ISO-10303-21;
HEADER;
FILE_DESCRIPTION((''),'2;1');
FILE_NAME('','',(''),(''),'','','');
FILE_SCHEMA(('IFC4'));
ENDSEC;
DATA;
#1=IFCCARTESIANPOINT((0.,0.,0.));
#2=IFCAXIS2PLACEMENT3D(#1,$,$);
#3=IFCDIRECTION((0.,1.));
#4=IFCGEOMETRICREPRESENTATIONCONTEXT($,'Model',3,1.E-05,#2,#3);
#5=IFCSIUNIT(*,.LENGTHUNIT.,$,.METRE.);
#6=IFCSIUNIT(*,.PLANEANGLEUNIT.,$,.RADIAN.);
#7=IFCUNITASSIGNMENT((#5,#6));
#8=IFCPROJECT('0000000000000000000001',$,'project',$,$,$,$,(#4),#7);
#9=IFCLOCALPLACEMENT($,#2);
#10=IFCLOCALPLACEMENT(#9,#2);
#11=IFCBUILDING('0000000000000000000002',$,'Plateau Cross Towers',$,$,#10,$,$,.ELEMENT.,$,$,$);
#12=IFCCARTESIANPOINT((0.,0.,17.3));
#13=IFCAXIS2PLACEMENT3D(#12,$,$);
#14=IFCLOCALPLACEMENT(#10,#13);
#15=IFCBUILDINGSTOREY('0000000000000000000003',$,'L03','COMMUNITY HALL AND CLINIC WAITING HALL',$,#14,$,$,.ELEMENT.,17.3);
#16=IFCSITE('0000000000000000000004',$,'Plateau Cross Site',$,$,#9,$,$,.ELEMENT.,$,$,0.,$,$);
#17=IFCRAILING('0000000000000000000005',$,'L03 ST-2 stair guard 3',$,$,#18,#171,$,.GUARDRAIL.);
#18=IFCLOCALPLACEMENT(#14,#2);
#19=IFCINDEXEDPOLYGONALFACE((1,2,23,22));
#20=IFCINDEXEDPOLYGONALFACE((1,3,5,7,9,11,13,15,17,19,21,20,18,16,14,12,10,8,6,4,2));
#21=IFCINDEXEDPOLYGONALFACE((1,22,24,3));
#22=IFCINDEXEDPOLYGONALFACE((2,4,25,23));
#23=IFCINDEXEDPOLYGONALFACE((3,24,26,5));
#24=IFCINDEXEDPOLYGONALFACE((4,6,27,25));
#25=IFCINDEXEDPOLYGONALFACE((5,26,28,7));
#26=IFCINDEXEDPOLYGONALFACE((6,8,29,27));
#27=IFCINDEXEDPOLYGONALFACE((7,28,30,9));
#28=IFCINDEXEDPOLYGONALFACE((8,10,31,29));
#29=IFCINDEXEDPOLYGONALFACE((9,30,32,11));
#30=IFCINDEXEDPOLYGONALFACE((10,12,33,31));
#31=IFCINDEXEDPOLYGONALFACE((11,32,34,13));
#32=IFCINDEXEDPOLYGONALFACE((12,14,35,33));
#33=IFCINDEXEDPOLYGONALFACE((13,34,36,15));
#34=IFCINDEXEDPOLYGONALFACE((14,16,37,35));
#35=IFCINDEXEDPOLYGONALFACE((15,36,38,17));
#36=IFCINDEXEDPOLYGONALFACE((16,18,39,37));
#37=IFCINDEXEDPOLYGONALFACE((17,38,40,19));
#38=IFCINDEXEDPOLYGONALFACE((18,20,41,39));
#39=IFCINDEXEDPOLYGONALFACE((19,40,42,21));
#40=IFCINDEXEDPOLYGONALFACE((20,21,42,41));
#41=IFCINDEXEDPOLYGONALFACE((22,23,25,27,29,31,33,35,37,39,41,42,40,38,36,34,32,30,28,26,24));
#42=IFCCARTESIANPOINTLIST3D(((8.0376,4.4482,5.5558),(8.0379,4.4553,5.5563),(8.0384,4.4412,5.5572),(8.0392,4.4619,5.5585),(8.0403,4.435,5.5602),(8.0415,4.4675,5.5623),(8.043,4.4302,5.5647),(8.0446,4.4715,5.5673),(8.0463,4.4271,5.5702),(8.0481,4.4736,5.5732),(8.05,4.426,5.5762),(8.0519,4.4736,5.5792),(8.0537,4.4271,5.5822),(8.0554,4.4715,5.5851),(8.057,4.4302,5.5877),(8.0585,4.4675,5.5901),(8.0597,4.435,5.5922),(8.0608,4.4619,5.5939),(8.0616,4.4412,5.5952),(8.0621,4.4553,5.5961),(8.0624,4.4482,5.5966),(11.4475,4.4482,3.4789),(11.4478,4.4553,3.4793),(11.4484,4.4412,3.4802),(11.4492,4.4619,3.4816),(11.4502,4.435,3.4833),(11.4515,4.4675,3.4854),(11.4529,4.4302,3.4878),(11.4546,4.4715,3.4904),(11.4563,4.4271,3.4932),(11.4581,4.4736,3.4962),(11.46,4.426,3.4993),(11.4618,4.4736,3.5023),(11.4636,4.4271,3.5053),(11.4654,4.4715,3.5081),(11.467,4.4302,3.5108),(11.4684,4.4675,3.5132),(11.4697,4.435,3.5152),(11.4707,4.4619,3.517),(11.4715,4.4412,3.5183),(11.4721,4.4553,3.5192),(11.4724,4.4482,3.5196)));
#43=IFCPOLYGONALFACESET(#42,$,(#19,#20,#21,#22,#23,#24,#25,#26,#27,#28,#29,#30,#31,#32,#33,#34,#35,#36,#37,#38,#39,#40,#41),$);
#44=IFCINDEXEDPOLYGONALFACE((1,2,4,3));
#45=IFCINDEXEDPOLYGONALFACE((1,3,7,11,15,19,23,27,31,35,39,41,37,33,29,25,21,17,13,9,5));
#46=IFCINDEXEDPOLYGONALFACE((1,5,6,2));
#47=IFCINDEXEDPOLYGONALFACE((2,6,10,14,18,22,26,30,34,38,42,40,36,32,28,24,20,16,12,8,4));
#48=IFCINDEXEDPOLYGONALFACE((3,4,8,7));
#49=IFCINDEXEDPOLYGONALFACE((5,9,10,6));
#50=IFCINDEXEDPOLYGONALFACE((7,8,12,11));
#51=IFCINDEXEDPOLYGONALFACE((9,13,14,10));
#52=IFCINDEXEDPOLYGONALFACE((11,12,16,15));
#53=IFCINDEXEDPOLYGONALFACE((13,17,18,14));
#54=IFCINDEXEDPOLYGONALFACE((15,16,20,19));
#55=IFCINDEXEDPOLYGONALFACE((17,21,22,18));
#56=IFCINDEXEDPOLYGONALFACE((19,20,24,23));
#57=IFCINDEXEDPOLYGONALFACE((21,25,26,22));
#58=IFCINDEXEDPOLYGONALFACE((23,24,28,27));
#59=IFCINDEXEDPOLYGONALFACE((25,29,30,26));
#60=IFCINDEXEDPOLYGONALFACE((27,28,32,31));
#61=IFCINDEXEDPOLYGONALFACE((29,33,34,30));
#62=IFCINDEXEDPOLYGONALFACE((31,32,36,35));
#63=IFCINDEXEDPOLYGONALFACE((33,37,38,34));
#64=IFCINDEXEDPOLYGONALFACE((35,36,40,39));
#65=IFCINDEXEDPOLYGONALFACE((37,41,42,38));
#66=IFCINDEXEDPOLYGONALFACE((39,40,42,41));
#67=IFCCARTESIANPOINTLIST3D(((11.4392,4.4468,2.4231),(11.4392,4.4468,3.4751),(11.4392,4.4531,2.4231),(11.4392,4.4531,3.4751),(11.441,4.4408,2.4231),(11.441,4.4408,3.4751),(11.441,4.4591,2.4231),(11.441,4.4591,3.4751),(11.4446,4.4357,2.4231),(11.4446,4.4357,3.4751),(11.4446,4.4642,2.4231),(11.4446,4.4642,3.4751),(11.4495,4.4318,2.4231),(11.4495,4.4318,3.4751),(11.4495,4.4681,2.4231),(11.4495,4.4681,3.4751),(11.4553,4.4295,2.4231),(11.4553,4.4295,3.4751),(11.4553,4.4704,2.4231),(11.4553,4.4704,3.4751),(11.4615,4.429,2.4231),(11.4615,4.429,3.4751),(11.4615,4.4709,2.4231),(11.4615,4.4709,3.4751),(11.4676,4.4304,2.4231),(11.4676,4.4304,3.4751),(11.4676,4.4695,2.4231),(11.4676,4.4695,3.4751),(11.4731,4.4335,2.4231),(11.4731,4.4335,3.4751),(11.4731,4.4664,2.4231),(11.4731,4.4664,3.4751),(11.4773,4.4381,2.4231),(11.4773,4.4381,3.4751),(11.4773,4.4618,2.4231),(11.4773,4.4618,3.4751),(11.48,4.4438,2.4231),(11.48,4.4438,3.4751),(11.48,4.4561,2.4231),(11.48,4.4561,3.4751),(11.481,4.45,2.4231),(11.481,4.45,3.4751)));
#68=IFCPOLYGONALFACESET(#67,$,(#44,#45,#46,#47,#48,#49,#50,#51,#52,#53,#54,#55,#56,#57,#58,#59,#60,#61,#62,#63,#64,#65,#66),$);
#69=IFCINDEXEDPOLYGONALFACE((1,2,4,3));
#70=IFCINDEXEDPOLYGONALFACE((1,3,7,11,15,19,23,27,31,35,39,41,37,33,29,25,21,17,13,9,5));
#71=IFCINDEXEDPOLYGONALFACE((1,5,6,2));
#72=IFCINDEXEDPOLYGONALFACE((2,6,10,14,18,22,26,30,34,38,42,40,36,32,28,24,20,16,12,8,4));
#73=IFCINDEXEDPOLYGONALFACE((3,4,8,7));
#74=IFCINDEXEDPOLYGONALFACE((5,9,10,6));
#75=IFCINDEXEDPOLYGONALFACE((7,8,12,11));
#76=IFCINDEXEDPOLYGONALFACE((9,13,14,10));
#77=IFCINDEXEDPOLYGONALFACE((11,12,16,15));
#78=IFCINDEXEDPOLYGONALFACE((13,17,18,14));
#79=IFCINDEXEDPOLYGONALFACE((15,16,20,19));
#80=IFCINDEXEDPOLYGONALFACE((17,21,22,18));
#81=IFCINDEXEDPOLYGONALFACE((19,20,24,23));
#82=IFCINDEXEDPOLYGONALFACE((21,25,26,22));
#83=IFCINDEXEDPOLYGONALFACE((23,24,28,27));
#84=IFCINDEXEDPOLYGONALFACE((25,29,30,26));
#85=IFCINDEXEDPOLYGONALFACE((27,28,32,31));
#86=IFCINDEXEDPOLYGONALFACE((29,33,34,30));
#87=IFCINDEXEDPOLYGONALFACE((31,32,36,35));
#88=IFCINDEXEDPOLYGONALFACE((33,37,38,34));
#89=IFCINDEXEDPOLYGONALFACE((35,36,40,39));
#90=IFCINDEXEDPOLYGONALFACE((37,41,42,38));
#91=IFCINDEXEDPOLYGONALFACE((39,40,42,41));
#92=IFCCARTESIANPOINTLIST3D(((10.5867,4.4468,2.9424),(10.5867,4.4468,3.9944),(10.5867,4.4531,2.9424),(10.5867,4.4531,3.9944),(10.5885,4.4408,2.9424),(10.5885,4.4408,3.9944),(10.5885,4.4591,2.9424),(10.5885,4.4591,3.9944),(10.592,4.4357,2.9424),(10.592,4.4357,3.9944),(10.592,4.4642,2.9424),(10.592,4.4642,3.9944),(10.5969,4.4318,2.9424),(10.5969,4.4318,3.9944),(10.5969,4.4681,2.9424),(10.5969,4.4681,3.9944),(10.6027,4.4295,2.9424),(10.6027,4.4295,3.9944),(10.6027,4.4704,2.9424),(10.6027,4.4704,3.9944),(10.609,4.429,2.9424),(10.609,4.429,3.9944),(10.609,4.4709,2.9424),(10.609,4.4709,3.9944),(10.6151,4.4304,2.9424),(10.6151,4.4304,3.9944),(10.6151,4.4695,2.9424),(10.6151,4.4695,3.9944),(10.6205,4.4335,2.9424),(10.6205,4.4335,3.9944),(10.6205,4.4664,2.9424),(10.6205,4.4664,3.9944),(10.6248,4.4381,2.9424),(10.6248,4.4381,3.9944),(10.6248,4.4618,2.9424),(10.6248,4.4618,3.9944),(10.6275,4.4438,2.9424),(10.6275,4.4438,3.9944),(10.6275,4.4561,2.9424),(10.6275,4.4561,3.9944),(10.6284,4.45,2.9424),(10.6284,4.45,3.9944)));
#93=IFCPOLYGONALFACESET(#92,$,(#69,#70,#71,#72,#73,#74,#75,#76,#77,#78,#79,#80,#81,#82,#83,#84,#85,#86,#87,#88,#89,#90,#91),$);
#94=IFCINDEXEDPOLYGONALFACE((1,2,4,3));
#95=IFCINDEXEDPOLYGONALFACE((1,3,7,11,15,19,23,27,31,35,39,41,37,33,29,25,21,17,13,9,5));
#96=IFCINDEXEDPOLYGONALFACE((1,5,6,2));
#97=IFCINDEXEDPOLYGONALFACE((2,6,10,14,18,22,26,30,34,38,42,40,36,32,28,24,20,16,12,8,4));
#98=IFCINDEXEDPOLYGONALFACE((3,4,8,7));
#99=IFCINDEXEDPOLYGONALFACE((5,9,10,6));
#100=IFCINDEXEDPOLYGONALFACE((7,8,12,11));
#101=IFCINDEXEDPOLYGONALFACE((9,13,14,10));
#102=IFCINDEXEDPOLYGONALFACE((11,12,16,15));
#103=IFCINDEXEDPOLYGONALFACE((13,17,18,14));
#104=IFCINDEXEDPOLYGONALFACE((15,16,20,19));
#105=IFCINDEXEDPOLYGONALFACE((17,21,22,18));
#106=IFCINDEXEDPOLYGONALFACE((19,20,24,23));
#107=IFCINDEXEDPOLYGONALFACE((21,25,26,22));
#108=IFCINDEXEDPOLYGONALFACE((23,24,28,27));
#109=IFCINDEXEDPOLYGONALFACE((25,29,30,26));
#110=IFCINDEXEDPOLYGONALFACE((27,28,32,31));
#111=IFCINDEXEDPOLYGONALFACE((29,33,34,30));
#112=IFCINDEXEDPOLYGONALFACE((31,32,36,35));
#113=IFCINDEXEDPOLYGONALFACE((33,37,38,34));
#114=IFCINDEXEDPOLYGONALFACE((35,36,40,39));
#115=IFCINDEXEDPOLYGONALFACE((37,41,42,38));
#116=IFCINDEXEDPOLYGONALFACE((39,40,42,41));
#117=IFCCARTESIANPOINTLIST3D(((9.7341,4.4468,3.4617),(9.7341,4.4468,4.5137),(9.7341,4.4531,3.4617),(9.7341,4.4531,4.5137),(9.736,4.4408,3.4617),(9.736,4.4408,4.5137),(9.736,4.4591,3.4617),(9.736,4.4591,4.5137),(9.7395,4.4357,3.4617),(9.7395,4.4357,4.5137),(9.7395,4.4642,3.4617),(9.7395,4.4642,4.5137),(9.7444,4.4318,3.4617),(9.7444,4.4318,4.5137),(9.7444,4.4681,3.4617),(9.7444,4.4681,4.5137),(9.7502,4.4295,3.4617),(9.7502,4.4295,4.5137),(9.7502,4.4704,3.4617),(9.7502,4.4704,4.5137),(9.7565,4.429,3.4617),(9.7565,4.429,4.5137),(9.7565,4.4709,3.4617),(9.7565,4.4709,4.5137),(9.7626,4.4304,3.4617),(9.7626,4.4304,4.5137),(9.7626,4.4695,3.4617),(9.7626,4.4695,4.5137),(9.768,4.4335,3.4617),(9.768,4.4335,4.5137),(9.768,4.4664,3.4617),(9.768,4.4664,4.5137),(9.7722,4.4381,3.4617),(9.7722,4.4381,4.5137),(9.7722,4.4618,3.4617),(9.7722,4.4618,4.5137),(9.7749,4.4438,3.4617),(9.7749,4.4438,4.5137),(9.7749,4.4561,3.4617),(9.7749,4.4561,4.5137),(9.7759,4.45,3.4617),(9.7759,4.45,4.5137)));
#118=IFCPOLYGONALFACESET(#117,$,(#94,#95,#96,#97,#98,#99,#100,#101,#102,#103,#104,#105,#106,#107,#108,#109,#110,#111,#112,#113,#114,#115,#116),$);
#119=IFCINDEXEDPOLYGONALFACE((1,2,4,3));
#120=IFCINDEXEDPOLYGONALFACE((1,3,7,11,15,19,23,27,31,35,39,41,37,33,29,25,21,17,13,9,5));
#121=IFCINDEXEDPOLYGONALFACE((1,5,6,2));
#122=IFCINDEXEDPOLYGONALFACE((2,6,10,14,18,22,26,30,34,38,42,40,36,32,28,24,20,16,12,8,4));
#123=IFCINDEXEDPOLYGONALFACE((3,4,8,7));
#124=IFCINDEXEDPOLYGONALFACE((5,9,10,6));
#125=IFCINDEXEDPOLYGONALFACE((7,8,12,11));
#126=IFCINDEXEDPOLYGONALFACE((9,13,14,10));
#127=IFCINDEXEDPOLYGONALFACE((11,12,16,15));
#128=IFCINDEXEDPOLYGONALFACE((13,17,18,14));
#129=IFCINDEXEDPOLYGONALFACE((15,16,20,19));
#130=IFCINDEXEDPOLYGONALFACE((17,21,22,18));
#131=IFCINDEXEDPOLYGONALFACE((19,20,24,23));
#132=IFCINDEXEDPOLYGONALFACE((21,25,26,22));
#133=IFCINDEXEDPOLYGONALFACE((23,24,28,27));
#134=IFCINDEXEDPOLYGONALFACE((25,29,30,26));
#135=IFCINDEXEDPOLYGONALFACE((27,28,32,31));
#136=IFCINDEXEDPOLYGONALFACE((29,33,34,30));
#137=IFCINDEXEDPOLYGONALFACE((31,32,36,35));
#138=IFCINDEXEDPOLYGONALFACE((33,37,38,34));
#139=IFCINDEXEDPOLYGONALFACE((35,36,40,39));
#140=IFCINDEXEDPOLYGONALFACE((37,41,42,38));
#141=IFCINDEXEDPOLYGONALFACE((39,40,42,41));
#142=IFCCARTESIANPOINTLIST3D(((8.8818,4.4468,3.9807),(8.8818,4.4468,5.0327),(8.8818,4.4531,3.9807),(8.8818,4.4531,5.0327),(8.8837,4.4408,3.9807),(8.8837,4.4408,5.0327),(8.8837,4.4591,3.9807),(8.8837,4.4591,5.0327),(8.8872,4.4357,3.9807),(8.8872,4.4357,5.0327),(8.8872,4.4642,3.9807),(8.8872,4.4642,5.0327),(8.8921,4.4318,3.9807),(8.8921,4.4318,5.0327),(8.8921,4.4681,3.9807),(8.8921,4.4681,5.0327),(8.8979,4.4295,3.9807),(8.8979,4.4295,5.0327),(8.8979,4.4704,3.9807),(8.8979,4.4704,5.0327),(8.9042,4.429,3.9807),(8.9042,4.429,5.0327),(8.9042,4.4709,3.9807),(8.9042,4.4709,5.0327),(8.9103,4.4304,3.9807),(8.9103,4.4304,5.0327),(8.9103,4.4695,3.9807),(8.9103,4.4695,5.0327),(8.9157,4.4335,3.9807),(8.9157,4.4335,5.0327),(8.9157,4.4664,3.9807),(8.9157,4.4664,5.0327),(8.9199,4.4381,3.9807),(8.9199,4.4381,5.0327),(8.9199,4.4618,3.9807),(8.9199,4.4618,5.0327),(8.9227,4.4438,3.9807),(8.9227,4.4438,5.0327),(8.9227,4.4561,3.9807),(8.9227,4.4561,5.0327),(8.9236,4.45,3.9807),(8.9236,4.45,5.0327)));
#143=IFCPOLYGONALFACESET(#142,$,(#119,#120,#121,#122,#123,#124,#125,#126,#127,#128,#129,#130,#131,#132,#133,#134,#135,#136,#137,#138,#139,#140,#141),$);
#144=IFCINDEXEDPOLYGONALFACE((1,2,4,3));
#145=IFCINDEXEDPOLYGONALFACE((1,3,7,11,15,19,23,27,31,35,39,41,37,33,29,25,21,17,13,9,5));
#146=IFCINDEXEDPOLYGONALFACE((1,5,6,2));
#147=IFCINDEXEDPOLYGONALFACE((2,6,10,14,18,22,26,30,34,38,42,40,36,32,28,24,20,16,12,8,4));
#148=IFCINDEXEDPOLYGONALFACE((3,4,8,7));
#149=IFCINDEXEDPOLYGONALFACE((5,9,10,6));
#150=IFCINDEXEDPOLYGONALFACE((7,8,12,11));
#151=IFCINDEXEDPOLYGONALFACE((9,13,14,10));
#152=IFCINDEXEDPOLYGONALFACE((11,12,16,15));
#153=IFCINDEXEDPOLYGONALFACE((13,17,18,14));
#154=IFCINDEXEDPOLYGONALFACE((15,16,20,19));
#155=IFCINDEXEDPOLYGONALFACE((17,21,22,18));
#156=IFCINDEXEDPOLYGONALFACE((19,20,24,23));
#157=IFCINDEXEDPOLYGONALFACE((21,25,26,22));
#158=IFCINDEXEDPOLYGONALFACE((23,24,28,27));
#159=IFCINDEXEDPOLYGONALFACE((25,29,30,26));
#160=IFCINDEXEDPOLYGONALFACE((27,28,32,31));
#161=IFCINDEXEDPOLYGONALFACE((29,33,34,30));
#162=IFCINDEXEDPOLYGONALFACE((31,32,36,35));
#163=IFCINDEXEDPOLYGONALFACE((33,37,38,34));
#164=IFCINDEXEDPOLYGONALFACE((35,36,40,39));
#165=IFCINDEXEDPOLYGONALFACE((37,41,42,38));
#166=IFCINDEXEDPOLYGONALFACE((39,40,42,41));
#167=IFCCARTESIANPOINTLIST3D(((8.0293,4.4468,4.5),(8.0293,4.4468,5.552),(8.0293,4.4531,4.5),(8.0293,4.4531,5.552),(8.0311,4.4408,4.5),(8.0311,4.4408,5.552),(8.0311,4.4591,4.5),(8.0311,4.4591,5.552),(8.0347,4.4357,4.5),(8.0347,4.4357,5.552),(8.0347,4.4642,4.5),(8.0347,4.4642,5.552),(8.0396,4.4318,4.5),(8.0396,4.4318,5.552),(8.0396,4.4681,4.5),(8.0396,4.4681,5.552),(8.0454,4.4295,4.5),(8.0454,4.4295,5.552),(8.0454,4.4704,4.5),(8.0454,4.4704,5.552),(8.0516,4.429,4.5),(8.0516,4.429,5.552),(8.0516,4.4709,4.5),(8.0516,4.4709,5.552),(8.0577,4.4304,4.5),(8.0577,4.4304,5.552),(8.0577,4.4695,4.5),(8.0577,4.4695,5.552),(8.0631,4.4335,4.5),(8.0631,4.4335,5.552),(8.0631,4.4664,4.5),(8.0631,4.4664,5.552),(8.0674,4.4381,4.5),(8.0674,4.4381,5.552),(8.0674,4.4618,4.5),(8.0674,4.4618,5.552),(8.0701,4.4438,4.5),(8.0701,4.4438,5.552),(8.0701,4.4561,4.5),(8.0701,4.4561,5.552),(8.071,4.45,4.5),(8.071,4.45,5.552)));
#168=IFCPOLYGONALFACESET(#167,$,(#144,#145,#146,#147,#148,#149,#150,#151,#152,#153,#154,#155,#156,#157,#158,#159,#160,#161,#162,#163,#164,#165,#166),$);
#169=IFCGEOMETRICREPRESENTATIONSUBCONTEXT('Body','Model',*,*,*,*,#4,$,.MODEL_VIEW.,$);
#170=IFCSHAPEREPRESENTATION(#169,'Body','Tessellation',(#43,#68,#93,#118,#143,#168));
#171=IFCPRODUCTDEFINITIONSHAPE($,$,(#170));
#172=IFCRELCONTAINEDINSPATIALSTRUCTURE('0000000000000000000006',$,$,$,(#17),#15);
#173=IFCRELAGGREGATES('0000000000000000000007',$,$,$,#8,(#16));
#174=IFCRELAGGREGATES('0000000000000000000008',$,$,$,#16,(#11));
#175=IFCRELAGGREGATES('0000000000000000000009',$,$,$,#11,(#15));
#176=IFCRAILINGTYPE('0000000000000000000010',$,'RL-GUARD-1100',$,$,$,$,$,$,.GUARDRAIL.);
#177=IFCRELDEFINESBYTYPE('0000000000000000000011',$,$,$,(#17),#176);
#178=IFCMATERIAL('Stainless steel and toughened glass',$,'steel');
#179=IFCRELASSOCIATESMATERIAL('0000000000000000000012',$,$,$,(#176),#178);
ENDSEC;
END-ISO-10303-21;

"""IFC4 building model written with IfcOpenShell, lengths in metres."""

from ifc_helpers import new_model, si_unit, direction, frame, origin, origin_2d, place, context, subcontext, project, spatial, circle, extrude, material, type_object, element, save


model = new_model("IFC4")

# Units and contexts
model_context = context("Model", 3, precision=1e-05, world=origin(), true_north=direction((0.0, 1.0)))
body_context = subcontext(model_context, "Body", "Model", "MODEL_VIEW")
ifc_project = project(units=[si_unit("LENGTHUNIT", "METRE"), si_unit("PLANEANGLEUNIT", "RADIAN")], contexts=[model_context])

# Site, building, storey
site_placement = place(None, origin())
site = spatial("IfcSite", under=ifc_project, at=site_placement, Name="Plateau Cross Site", CompositionType="ELEMENT", RefElevation=0.0)
building_placement = place(site_placement, origin())
building = spatial("IfcBuilding", under=site, at=building_placement, Name="Plateau Cross Towers", CompositionType="ELEMENT")
storey_placement = place(building_placement, frame((0.0, 0.0, 17.3)))
storey = spatial("IfcBuildingStorey", under=building, at=storey_placement, Name="L03", Description="COMMUNITY HALL AND CLINIC WAITING HALL", CompositionType="ELEMENT", Elevation=17.3)

# Railing
ifc_material_1 = material(Name="Stainless steel and toughened glass", Category="steel")
railing_type = type_object("IfcRailingType", Name="RL-GUARD-1100", PredefinedType="GUARDRAIL", material=ifc_material_1)
railing_1_placement = place(storey_placement, frame((11.46, 4.45, 2.4231)))
element("IfcRailing", 1, at=railing_1_placement, inside=storey, type_object=railing_type, Name="L03 ST-2 stair guard 3", PredefinedType="GUARDRAIL", context=body_context, shape_type="SweptSolid", body=[
    extrude(circle(Radius=0.0239, at=origin_2d()), frame((0.0, 0.0, 1.0762), z_axis=(-0.854053, 0.0, 0.520186), x_axis=(0.0, -1.0, 0.0)), (0.0, 0.0, 1.0), 3.9927),
    extrude(circle(Radius=0.021, at=origin_2d()), origin(), (0.0, 0.0, 1.0), 1.052),
    extrude(circle(Radius=0.021, at=origin_2d()), frame((-0.8525, 0.0, 0.5193)), (0.0, 0.0, 1.0), 1.052),
    extrude(circle(Radius=0.021, at=origin_2d()), frame((-1.7051, 0.0, 1.0386)), (0.0, 0.0, 1.0), 1.052),
    extrude(circle(Radius=0.021, at=origin_2d()), frame((-2.5574, 0.0, 1.5576)), (0.0, 0.0, 1.0), 1.052),
    extrude(circle(Radius=0.021, at=origin_2d()), frame((-3.4099, 0.0, 2.0769)), (0.0, 0.0, 1.0), 1.052),
])

save(model, "model.ifc")
